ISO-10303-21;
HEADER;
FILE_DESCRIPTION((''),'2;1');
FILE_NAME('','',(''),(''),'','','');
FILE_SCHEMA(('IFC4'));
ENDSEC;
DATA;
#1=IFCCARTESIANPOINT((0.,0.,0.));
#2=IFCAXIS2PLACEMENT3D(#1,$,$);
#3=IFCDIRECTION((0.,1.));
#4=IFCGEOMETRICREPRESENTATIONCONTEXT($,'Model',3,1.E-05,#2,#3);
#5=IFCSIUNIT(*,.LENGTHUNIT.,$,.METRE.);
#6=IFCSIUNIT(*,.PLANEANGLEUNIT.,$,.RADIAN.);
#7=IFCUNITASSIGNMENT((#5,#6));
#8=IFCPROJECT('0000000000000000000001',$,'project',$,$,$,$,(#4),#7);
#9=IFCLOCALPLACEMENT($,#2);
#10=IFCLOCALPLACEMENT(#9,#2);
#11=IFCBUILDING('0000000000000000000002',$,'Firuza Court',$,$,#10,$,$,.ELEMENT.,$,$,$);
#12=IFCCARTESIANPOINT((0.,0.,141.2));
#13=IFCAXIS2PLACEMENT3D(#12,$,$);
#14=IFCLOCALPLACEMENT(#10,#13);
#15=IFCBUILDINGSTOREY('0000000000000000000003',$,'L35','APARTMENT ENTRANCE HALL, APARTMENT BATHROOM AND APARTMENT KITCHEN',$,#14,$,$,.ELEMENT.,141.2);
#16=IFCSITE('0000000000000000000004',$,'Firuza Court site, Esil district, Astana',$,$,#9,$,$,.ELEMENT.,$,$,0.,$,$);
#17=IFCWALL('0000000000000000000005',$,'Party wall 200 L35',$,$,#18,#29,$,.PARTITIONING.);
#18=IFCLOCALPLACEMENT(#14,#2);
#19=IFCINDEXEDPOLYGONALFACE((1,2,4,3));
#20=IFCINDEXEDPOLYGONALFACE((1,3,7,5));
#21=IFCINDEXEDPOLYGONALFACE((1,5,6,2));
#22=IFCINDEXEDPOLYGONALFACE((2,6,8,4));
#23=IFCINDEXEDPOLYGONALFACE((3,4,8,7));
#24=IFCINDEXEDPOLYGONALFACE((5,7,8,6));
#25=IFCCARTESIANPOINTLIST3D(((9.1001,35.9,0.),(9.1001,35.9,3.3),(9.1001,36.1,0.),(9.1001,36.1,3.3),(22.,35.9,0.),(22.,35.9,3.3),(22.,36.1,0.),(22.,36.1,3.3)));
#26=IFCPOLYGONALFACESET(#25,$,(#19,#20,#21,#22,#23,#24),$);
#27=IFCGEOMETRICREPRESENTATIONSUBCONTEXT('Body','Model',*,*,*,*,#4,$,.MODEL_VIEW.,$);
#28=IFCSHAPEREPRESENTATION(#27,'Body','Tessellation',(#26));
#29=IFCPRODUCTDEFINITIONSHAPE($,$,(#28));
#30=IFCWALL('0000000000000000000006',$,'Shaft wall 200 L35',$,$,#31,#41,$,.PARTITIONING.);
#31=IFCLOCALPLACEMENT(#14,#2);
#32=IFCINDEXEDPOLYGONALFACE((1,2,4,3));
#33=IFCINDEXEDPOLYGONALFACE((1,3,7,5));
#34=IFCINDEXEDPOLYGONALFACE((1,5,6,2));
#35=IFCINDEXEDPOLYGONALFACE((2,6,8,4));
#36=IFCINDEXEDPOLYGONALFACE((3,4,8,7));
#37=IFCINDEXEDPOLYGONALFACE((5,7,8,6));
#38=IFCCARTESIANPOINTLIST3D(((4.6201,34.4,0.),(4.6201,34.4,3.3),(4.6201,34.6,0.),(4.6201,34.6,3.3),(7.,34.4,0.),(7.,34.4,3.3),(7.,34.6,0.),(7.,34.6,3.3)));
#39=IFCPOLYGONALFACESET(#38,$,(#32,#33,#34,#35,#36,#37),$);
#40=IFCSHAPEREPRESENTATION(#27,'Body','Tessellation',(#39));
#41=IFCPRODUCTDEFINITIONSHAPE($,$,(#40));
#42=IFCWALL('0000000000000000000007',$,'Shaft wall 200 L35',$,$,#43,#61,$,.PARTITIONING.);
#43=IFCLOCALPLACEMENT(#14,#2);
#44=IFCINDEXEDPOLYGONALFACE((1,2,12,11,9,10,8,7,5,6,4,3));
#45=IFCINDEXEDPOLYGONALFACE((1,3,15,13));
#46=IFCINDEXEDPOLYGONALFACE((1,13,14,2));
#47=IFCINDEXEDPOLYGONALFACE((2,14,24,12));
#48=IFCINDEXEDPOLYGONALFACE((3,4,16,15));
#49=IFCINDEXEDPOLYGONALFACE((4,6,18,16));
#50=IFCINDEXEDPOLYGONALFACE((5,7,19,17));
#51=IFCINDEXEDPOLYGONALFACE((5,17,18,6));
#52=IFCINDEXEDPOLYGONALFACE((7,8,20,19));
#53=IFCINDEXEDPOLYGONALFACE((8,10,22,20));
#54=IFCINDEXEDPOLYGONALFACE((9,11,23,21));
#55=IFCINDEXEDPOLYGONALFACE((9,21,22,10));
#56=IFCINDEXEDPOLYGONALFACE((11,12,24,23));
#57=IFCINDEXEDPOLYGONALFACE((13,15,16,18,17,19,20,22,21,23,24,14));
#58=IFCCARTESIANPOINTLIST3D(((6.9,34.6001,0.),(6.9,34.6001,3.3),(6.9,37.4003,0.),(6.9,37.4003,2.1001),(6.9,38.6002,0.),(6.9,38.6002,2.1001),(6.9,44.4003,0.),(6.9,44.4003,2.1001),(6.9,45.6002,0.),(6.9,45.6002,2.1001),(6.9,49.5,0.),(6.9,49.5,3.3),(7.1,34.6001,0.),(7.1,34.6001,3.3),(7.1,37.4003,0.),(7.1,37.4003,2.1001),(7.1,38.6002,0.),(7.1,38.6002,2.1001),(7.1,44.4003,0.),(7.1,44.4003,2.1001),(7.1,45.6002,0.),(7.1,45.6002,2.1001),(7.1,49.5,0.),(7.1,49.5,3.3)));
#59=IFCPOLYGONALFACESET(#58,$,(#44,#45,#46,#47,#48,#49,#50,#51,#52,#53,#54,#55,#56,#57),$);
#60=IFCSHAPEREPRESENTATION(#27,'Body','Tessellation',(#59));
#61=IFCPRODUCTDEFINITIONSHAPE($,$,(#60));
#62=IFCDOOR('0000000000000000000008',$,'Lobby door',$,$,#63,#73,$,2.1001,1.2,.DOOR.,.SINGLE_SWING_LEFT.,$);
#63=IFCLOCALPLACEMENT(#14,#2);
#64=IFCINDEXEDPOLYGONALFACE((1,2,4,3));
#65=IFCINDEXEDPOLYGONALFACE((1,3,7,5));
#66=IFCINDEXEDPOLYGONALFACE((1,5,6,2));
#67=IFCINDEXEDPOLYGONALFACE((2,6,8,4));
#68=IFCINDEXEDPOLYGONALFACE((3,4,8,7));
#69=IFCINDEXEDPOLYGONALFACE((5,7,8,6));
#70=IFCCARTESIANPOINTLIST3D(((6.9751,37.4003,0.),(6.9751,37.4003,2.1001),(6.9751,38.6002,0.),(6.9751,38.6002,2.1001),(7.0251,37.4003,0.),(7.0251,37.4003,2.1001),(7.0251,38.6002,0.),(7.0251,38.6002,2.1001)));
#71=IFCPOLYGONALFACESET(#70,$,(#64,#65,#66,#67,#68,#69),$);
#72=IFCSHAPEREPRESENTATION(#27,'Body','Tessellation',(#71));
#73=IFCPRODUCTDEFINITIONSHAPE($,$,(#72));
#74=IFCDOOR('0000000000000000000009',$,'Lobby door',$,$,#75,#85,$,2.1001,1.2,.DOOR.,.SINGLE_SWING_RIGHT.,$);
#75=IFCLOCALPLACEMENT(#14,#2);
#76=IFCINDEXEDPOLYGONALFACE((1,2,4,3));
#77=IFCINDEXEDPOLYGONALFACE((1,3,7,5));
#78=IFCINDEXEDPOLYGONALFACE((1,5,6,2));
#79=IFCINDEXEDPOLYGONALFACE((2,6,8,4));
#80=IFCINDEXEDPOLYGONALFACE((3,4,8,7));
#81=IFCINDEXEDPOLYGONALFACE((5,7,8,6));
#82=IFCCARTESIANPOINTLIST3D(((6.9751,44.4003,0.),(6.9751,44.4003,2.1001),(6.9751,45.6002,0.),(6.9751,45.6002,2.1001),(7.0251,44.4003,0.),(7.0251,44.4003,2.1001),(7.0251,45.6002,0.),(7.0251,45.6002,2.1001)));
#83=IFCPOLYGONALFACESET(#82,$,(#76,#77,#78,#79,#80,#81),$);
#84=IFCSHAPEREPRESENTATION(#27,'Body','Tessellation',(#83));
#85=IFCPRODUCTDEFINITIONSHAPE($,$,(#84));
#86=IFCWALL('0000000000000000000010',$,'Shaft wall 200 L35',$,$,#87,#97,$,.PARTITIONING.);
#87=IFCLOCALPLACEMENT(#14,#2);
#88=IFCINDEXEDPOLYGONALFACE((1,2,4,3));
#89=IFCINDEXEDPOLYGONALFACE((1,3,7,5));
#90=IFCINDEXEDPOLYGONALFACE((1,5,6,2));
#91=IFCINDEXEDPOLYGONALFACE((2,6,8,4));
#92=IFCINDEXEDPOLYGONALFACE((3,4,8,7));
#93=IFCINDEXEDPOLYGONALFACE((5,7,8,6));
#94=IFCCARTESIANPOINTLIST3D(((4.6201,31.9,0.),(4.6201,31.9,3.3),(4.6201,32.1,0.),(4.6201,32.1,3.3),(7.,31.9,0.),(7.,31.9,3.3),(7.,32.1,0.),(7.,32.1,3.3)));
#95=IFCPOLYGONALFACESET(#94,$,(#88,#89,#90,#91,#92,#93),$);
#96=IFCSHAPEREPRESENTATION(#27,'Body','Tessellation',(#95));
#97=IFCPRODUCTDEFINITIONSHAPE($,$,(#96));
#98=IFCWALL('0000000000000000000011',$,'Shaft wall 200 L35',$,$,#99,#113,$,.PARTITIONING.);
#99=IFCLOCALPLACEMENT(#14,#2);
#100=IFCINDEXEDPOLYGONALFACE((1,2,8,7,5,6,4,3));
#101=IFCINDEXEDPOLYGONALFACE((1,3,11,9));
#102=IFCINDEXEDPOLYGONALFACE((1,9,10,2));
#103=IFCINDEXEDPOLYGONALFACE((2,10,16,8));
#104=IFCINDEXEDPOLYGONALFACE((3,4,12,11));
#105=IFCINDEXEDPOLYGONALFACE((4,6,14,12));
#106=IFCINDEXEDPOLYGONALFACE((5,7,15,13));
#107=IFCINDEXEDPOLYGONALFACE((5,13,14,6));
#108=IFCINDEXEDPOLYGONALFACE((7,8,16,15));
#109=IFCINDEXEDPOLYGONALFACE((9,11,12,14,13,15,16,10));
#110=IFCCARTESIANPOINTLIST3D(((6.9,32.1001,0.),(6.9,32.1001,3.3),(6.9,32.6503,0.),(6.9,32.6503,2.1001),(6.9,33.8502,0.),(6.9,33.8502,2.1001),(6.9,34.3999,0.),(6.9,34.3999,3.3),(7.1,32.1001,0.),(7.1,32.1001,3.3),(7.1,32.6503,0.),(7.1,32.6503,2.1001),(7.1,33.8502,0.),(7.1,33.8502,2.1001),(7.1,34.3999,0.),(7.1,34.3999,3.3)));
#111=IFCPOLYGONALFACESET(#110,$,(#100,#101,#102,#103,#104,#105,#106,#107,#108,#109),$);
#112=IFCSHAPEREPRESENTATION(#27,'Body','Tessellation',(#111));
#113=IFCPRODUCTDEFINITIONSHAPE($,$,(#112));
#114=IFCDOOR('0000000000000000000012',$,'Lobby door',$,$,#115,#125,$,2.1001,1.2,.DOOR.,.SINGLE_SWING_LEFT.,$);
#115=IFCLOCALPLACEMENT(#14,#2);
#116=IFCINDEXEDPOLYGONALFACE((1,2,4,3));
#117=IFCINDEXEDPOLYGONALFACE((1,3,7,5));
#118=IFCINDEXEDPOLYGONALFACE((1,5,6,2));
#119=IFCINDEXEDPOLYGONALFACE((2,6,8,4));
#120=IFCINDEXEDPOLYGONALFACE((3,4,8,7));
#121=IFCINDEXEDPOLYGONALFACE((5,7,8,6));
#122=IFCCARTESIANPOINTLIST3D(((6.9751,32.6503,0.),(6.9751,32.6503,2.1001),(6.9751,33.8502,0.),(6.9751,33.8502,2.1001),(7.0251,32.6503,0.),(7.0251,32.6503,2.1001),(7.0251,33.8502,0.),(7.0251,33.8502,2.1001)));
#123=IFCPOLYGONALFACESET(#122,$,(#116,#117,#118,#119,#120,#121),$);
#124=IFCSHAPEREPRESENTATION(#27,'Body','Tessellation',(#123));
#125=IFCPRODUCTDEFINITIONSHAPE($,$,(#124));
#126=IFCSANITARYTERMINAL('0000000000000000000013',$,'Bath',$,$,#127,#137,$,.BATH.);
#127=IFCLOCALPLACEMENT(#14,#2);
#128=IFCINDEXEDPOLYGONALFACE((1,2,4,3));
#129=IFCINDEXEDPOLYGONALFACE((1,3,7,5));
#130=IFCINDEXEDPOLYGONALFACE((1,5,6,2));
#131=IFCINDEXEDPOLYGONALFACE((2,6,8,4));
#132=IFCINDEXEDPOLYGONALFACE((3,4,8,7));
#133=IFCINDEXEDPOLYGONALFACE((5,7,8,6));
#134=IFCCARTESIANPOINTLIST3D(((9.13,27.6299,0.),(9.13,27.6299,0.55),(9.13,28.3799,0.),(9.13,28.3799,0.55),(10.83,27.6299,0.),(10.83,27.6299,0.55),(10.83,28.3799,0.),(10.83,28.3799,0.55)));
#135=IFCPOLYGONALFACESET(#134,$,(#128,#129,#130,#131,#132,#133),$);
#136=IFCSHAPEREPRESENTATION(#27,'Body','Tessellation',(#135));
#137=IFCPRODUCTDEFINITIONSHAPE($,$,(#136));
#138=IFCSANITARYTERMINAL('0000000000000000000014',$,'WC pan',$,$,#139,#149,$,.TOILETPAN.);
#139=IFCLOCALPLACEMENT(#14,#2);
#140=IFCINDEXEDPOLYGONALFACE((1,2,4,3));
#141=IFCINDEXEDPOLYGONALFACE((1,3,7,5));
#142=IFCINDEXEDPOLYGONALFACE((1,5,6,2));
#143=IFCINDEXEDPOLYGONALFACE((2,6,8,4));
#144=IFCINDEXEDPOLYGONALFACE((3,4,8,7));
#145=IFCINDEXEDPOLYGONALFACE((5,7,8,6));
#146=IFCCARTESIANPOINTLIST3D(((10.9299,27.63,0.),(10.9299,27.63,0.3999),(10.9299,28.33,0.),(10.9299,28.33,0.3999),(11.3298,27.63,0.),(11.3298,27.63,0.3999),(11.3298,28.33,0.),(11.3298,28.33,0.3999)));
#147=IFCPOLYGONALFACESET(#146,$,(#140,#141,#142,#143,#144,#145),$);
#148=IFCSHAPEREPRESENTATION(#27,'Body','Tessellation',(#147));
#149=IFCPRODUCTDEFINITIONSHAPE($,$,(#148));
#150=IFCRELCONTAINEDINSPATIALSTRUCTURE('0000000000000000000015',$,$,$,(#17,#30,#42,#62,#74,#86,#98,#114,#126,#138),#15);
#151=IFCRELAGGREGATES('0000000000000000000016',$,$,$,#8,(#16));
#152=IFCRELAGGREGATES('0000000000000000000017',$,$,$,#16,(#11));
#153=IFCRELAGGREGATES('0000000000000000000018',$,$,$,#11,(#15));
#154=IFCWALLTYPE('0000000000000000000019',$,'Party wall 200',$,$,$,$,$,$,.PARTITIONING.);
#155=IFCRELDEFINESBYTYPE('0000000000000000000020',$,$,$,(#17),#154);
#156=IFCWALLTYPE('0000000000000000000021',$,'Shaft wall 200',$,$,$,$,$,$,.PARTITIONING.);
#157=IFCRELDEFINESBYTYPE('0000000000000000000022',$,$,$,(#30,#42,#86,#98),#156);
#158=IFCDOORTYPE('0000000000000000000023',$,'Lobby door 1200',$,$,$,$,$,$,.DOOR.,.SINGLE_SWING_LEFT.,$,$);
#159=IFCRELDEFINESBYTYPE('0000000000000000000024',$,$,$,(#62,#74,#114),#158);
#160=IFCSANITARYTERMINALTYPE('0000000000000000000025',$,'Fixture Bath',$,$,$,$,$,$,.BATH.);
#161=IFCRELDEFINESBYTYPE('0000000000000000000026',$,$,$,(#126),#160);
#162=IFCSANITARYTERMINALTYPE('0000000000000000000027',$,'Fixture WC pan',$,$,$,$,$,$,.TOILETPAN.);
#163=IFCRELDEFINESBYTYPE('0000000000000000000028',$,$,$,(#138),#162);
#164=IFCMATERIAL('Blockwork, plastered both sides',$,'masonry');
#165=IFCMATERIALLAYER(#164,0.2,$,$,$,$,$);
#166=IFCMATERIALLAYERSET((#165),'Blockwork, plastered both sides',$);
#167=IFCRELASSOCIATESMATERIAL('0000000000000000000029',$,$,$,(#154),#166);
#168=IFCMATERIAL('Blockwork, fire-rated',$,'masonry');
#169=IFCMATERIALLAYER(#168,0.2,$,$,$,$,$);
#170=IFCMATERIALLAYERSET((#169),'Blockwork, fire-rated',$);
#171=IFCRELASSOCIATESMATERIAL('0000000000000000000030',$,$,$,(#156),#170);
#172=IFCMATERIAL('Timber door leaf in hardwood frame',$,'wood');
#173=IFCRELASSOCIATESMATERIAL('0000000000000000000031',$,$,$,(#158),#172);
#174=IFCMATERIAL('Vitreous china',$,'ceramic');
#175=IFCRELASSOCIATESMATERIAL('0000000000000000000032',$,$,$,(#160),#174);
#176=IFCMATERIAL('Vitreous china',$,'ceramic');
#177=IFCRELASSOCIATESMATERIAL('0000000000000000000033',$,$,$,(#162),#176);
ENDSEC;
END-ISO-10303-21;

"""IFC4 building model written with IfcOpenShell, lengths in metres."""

from ifc_helpers import new_model, si_unit, direction, frame, frame_2d, origin, origin_2d, place, context, subcontext, project, spatial, rectangle, extrude, material, layer, layer_set, type_object, element, fill, save


model = new_model("IFC4")

# Units and contexts
model_context = context("Model", 3, precision=1e-05, world=origin(), true_north=direction((0.0, 1.0)))
body_context = subcontext(model_context, "Body", "Model", "MODEL_VIEW")
ifc_project = project(units=[si_unit("LENGTHUNIT", "METRE"), si_unit("PLANEANGLEUNIT", "RADIAN")], contexts=[model_context])

# Site, building, storey
site_placement = place(None, origin())
site = spatial("IfcSite", under=ifc_project, at=site_placement, Name="Firuza Court site, Esil district, Astana", CompositionType="ELEMENT", RefElevation=0.0)
building_placement = place(site_placement, origin())
building = spatial("IfcBuilding", under=site, at=building_placement, Name="Firuza Court", CompositionType="ELEMENT")
storey_placement = place(building_placement, frame((0.0, 0.0, 141.2)))
storey = spatial("IfcBuildingStorey", under=building, at=storey_placement, Name="L35", Description="APARTMENT ENTRANCE HALL, APARTMENT BATHROOM AND APARTMENT KITCHEN", CompositionType="ELEMENT", Elevation=141.2)

# Shared definitions
ifc_material_1 = material(Name="Blockwork, plastered both sides", Category="masonry")

# Walls
ifc_layer_1 = layer(ifc_material_1, 0.2)
ifc_layer_set_1 = layer_set([ifc_layer_1], Name="Blockwork, plastered both sides")
wall_type_1 = type_object("IfcWallType", Name="Party wall 200", PredefinedType="PARTITIONING", material=ifc_layer_set_1)
for number, where, z_axis, x_axis, name in (
    (1, (9.1001, 36.0, 0.0), (0.0, 0.0, 1.0), (1.0, 0.0, 0.0), "Party wall 200 L35"),
):
    element("IfcWall", number, at=place(storey_placement, frame(where, z_axis=z_axis, x_axis=x_axis)), inside=storey, type_object=wall_type_1, Name=name, PredefinedType="PARTITIONING", context=body_context, shape_type="SweptSolid", body=[
        extrude(rectangle(XDim=12.8999, YDim=0.2, at=frame_2d((6.45, 0.0))), origin(), (0.0, 0.0, 1.0), 3.3),
    ])
ifc_material_2 = material(Name="Blockwork, fire-rated", Category="masonry")
ifc_layer_2 = layer(ifc_material_2, 0.2)
ifc_layer_set_2 = layer_set([ifc_layer_2], Name="Blockwork, fire-rated")
wall_type_2 = type_object("IfcWallType", Name="Shaft wall 200", PredefinedType="PARTITIONING", material=ifc_layer_set_2)
wall_1_placement = place(storey_placement, frame((4.6201, 34.5, 0.0), z_axis=(0.0, 0.0, 1.0), x_axis=(1.0, 0.0, 0.0)))
element("IfcWall", 2, at=wall_1_placement, inside=storey, type_object=wall_type_2, Name="Shaft wall 200 L35", PredefinedType="PARTITIONING", context=body_context, shape_type="SweptSolid", body=[
    extrude(rectangle(XDim=2.3799, YDim=0.2, at=frame_2d((1.1899, 0.0))), origin(), (0.0, 0.0, 1.0), 3.3),
])

# Wall, openings, doors
wall_2_placement = place(storey_placement, frame((7.0, 34.6001, 0.0), z_axis=(0.0, 0.0, 1.0), x_axis=(0.0, 1.0, 0.0)))
wall_2 = element("IfcWall", 3, at=wall_2_placement, inside=storey, type_object=wall_type_2, Name="Shaft wall 200 L35", PredefinedType="PARTITIONING", context=body_context, shape_type="SweptSolid", body=[
    extrude(rectangle(XDim=14.8999, YDim=0.2, at=frame_2d((7.45, 0.0))), origin(), (0.0, 0.0, 1.0), 3.3),
])
opening_1_placement = place(wall_2_placement, frame((2.8, 0.0, 0.0)))
opening_1 = element("IfcOpeningElement", 4, at=opening_1_placement, cuts=wall_2, PredefinedType="OPENING", context=body_context, shape_type="SweptSolid", body=[
    extrude(rectangle(XDim=1.2, YDim=2.1001, at=frame_2d((0.6001, 1.05))), frame((0.0, 0.1118, 0.0), z_axis=(0.0, -1.0, 0.0), x_axis=(1.0, 0.0, 0.0)), (0.0, 0.0, 1.0), 0.2239),
])
opening_2_placement = place(wall_2_placement, frame((9.8, 0.0, 0.0)))
opening_2 = element("IfcOpeningElement", 5, at=opening_2_placement, cuts=wall_2, PredefinedType="OPENING", context=body_context, shape_type="SweptSolid", body=[
    extrude(rectangle(XDim=1.2, YDim=2.1001, at=frame_2d((0.6001, 1.05))), frame((0.0, 0.1118, 0.0), z_axis=(0.0, -1.0, 0.0), x_axis=(1.0, 0.0, 0.0)), (0.0, 0.0, 1.0), 0.2239),
])
ifc_material_3 = material(Name="Timber door leaf in hardwood frame", Category="wood")
door_type_1 = type_object("IfcDoorType", Name="Lobby door 1200", OperationType="SINGLE_SWING_LEFT", PredefinedType="DOOR", material=ifc_material_3)
door_1_placement = place(opening_1_placement, origin())
door_1 = element("IfcDoor", 6, at=door_1_placement, inside=storey, type_object=door_type_1, Name="Lobby door", OperationType="SINGLE_SWING_LEFT", OverallHeight=2.1001, OverallWidth=1.2, PredefinedType="DOOR", context=body_context, shape_type="SweptSolid", body=[
    extrude(rectangle(XDim=1.2, YDim=2.1001, at=frame_2d((0.6001, 1.05))), frame((0.0, 0.0249, 0.0), z_axis=(0.0, -1.0, 0.0), x_axis=(1.0, 0.0, 0.0)), (0.0, 0.0, 1.0), 0.05),
])
fill(opening_1, door_1)
door_2_placement = place(opening_2_placement, origin())
door_2 = element("IfcDoor", 7, at=door_2_placement, inside=storey, type_object=door_type_1, Name="Lobby door", OperationType="SINGLE_SWING_RIGHT", OverallHeight=2.1001, OverallWidth=1.2, PredefinedType="DOOR", context=body_context, shape_type="SweptSolid", body=[
    extrude(rectangle(XDim=1.2, YDim=2.1001, at=frame_2d((0.6001, 1.05))), frame((0.0, 0.0249, 0.0), z_axis=(0.0, -1.0, 0.0), x_axis=(1.0, 0.0, 0.0)), (0.0, 0.0, 1.0), 0.05),
])
fill(opening_2, door_2)

# Wall
wall_3_placement = place(storey_placement, frame((4.6201, 32.0, 0.0), z_axis=(0.0, 0.0, 1.0), x_axis=(1.0, 0.0, 0.0)))
element("IfcWall", 8, at=wall_3_placement, inside=storey, type_object=wall_type_2, Name="Shaft wall 200 L35", PredefinedType="PARTITIONING", context=body_context, shape_type="SweptSolid", body=[
    extrude(rectangle(XDim=2.3799, YDim=0.2, at=frame_2d((1.1899, 0.0))), origin(), (0.0, 0.0, 1.0), 3.3),
])

# Wall, opening, door
wall_4_placement = place(storey_placement, frame((7.0, 32.1001, 0.0), z_axis=(0.0, 0.0, 1.0), x_axis=(0.0, 1.0, 0.0)))
wall_4 = element("IfcWall", 9, at=wall_4_placement, inside=storey, type_object=wall_type_2, Name="Shaft wall 200 L35", PredefinedType="PARTITIONING", context=body_context, shape_type="SweptSolid", body=[
    extrude(rectangle(XDim=2.2998, YDim=0.2, at=frame_2d((1.1499, 0.0))), origin(), (0.0, 0.0, 1.0), 3.3),
])
opening_3_placement = place(wall_4_placement, frame((0.55, 0.0, 0.0)))
opening_3 = element("IfcOpeningElement", 10, at=opening_3_placement, cuts=wall_4, PredefinedType="OPENING", context=body_context, shape_type="SweptSolid", body=[
    extrude(rectangle(XDim=1.2, YDim=2.1001, at=frame_2d((0.6001, 1.05))), frame((0.0, 0.1118, 0.0), z_axis=(0.0, -1.0, 0.0), x_axis=(1.0, 0.0, 0.0)), (0.0, 0.0, 1.0), 0.2239),
])
door_3_placement = place(opening_3_placement, origin())
door_3 = element("IfcDoor", 11, at=door_3_placement, inside=storey, type_object=door_type_1, Name="Lobby door", OperationType="SINGLE_SWING_LEFT", OverallHeight=2.1001, OverallWidth=1.2, PredefinedType="DOOR", context=body_context, shape_type="SweptSolid", body=[
    extrude(rectangle(XDim=1.2, YDim=2.1001, at=frame_2d((0.6001, 1.05))), frame((0.0, 0.0249, 0.0), z_axis=(0.0, -1.0, 0.0), x_axis=(1.0, 0.0, 0.0)), (0.0, 0.0, 1.0), 0.05),
])
fill(opening_3, door_3)

# Sanitary terminals
ifc_material_4 = material(Name="Vitreous china", Category="ceramic")
sanitary_terminal_type_1 = type_object("IfcSanitaryTerminalType", Name="Fixture Bath", PredefinedType="BATH", material=ifc_material_4)
sanitary_terminal_1_placement = place(storey_placement, frame((9.98, 28.0049, 0.0), z_axis=(0.0, 0.0, 1.0), x_axis=(1.0, 0.0, 0.0)))
element("IfcSanitaryTerminal", 12, at=sanitary_terminal_1_placement, inside=storey, type_object=sanitary_terminal_type_1, Name="Bath", PredefinedType="BATH", context=body_context, shape_type="SweptSolid", body=[
    extrude(rectangle(XDim=1.7, YDim=0.75, at=origin_2d()), origin(), (0.0, 0.0, 1.0), 0.55),
])
ifc_material_5 = material(Name="Vitreous china", Category="ceramic")
sanitary_terminal_type_2 = type_object("IfcSanitaryTerminalType", Name="Fixture WC pan", PredefinedType="TOILETPAN", material=ifc_material_5)
sanitary_terminal_2_placement = place(storey_placement, frame((11.1299, 27.98, 0.0), z_axis=(0.0, 0.0, 1.0), x_axis=(1.0, 0.0, 0.0)))
element("IfcSanitaryTerminal", 13, at=sanitary_terminal_2_placement, inside=storey, type_object=sanitary_terminal_type_2, Name="WC pan", PredefinedType="TOILETPAN", context=body_context, shape_type="SweptSolid", body=[
    extrude(rectangle(XDim=0.3999, YDim=0.7, at=origin_2d()), origin(), (0.0, 0.0, 1.0), 0.3999),
])

save(model, "model.ifc")
